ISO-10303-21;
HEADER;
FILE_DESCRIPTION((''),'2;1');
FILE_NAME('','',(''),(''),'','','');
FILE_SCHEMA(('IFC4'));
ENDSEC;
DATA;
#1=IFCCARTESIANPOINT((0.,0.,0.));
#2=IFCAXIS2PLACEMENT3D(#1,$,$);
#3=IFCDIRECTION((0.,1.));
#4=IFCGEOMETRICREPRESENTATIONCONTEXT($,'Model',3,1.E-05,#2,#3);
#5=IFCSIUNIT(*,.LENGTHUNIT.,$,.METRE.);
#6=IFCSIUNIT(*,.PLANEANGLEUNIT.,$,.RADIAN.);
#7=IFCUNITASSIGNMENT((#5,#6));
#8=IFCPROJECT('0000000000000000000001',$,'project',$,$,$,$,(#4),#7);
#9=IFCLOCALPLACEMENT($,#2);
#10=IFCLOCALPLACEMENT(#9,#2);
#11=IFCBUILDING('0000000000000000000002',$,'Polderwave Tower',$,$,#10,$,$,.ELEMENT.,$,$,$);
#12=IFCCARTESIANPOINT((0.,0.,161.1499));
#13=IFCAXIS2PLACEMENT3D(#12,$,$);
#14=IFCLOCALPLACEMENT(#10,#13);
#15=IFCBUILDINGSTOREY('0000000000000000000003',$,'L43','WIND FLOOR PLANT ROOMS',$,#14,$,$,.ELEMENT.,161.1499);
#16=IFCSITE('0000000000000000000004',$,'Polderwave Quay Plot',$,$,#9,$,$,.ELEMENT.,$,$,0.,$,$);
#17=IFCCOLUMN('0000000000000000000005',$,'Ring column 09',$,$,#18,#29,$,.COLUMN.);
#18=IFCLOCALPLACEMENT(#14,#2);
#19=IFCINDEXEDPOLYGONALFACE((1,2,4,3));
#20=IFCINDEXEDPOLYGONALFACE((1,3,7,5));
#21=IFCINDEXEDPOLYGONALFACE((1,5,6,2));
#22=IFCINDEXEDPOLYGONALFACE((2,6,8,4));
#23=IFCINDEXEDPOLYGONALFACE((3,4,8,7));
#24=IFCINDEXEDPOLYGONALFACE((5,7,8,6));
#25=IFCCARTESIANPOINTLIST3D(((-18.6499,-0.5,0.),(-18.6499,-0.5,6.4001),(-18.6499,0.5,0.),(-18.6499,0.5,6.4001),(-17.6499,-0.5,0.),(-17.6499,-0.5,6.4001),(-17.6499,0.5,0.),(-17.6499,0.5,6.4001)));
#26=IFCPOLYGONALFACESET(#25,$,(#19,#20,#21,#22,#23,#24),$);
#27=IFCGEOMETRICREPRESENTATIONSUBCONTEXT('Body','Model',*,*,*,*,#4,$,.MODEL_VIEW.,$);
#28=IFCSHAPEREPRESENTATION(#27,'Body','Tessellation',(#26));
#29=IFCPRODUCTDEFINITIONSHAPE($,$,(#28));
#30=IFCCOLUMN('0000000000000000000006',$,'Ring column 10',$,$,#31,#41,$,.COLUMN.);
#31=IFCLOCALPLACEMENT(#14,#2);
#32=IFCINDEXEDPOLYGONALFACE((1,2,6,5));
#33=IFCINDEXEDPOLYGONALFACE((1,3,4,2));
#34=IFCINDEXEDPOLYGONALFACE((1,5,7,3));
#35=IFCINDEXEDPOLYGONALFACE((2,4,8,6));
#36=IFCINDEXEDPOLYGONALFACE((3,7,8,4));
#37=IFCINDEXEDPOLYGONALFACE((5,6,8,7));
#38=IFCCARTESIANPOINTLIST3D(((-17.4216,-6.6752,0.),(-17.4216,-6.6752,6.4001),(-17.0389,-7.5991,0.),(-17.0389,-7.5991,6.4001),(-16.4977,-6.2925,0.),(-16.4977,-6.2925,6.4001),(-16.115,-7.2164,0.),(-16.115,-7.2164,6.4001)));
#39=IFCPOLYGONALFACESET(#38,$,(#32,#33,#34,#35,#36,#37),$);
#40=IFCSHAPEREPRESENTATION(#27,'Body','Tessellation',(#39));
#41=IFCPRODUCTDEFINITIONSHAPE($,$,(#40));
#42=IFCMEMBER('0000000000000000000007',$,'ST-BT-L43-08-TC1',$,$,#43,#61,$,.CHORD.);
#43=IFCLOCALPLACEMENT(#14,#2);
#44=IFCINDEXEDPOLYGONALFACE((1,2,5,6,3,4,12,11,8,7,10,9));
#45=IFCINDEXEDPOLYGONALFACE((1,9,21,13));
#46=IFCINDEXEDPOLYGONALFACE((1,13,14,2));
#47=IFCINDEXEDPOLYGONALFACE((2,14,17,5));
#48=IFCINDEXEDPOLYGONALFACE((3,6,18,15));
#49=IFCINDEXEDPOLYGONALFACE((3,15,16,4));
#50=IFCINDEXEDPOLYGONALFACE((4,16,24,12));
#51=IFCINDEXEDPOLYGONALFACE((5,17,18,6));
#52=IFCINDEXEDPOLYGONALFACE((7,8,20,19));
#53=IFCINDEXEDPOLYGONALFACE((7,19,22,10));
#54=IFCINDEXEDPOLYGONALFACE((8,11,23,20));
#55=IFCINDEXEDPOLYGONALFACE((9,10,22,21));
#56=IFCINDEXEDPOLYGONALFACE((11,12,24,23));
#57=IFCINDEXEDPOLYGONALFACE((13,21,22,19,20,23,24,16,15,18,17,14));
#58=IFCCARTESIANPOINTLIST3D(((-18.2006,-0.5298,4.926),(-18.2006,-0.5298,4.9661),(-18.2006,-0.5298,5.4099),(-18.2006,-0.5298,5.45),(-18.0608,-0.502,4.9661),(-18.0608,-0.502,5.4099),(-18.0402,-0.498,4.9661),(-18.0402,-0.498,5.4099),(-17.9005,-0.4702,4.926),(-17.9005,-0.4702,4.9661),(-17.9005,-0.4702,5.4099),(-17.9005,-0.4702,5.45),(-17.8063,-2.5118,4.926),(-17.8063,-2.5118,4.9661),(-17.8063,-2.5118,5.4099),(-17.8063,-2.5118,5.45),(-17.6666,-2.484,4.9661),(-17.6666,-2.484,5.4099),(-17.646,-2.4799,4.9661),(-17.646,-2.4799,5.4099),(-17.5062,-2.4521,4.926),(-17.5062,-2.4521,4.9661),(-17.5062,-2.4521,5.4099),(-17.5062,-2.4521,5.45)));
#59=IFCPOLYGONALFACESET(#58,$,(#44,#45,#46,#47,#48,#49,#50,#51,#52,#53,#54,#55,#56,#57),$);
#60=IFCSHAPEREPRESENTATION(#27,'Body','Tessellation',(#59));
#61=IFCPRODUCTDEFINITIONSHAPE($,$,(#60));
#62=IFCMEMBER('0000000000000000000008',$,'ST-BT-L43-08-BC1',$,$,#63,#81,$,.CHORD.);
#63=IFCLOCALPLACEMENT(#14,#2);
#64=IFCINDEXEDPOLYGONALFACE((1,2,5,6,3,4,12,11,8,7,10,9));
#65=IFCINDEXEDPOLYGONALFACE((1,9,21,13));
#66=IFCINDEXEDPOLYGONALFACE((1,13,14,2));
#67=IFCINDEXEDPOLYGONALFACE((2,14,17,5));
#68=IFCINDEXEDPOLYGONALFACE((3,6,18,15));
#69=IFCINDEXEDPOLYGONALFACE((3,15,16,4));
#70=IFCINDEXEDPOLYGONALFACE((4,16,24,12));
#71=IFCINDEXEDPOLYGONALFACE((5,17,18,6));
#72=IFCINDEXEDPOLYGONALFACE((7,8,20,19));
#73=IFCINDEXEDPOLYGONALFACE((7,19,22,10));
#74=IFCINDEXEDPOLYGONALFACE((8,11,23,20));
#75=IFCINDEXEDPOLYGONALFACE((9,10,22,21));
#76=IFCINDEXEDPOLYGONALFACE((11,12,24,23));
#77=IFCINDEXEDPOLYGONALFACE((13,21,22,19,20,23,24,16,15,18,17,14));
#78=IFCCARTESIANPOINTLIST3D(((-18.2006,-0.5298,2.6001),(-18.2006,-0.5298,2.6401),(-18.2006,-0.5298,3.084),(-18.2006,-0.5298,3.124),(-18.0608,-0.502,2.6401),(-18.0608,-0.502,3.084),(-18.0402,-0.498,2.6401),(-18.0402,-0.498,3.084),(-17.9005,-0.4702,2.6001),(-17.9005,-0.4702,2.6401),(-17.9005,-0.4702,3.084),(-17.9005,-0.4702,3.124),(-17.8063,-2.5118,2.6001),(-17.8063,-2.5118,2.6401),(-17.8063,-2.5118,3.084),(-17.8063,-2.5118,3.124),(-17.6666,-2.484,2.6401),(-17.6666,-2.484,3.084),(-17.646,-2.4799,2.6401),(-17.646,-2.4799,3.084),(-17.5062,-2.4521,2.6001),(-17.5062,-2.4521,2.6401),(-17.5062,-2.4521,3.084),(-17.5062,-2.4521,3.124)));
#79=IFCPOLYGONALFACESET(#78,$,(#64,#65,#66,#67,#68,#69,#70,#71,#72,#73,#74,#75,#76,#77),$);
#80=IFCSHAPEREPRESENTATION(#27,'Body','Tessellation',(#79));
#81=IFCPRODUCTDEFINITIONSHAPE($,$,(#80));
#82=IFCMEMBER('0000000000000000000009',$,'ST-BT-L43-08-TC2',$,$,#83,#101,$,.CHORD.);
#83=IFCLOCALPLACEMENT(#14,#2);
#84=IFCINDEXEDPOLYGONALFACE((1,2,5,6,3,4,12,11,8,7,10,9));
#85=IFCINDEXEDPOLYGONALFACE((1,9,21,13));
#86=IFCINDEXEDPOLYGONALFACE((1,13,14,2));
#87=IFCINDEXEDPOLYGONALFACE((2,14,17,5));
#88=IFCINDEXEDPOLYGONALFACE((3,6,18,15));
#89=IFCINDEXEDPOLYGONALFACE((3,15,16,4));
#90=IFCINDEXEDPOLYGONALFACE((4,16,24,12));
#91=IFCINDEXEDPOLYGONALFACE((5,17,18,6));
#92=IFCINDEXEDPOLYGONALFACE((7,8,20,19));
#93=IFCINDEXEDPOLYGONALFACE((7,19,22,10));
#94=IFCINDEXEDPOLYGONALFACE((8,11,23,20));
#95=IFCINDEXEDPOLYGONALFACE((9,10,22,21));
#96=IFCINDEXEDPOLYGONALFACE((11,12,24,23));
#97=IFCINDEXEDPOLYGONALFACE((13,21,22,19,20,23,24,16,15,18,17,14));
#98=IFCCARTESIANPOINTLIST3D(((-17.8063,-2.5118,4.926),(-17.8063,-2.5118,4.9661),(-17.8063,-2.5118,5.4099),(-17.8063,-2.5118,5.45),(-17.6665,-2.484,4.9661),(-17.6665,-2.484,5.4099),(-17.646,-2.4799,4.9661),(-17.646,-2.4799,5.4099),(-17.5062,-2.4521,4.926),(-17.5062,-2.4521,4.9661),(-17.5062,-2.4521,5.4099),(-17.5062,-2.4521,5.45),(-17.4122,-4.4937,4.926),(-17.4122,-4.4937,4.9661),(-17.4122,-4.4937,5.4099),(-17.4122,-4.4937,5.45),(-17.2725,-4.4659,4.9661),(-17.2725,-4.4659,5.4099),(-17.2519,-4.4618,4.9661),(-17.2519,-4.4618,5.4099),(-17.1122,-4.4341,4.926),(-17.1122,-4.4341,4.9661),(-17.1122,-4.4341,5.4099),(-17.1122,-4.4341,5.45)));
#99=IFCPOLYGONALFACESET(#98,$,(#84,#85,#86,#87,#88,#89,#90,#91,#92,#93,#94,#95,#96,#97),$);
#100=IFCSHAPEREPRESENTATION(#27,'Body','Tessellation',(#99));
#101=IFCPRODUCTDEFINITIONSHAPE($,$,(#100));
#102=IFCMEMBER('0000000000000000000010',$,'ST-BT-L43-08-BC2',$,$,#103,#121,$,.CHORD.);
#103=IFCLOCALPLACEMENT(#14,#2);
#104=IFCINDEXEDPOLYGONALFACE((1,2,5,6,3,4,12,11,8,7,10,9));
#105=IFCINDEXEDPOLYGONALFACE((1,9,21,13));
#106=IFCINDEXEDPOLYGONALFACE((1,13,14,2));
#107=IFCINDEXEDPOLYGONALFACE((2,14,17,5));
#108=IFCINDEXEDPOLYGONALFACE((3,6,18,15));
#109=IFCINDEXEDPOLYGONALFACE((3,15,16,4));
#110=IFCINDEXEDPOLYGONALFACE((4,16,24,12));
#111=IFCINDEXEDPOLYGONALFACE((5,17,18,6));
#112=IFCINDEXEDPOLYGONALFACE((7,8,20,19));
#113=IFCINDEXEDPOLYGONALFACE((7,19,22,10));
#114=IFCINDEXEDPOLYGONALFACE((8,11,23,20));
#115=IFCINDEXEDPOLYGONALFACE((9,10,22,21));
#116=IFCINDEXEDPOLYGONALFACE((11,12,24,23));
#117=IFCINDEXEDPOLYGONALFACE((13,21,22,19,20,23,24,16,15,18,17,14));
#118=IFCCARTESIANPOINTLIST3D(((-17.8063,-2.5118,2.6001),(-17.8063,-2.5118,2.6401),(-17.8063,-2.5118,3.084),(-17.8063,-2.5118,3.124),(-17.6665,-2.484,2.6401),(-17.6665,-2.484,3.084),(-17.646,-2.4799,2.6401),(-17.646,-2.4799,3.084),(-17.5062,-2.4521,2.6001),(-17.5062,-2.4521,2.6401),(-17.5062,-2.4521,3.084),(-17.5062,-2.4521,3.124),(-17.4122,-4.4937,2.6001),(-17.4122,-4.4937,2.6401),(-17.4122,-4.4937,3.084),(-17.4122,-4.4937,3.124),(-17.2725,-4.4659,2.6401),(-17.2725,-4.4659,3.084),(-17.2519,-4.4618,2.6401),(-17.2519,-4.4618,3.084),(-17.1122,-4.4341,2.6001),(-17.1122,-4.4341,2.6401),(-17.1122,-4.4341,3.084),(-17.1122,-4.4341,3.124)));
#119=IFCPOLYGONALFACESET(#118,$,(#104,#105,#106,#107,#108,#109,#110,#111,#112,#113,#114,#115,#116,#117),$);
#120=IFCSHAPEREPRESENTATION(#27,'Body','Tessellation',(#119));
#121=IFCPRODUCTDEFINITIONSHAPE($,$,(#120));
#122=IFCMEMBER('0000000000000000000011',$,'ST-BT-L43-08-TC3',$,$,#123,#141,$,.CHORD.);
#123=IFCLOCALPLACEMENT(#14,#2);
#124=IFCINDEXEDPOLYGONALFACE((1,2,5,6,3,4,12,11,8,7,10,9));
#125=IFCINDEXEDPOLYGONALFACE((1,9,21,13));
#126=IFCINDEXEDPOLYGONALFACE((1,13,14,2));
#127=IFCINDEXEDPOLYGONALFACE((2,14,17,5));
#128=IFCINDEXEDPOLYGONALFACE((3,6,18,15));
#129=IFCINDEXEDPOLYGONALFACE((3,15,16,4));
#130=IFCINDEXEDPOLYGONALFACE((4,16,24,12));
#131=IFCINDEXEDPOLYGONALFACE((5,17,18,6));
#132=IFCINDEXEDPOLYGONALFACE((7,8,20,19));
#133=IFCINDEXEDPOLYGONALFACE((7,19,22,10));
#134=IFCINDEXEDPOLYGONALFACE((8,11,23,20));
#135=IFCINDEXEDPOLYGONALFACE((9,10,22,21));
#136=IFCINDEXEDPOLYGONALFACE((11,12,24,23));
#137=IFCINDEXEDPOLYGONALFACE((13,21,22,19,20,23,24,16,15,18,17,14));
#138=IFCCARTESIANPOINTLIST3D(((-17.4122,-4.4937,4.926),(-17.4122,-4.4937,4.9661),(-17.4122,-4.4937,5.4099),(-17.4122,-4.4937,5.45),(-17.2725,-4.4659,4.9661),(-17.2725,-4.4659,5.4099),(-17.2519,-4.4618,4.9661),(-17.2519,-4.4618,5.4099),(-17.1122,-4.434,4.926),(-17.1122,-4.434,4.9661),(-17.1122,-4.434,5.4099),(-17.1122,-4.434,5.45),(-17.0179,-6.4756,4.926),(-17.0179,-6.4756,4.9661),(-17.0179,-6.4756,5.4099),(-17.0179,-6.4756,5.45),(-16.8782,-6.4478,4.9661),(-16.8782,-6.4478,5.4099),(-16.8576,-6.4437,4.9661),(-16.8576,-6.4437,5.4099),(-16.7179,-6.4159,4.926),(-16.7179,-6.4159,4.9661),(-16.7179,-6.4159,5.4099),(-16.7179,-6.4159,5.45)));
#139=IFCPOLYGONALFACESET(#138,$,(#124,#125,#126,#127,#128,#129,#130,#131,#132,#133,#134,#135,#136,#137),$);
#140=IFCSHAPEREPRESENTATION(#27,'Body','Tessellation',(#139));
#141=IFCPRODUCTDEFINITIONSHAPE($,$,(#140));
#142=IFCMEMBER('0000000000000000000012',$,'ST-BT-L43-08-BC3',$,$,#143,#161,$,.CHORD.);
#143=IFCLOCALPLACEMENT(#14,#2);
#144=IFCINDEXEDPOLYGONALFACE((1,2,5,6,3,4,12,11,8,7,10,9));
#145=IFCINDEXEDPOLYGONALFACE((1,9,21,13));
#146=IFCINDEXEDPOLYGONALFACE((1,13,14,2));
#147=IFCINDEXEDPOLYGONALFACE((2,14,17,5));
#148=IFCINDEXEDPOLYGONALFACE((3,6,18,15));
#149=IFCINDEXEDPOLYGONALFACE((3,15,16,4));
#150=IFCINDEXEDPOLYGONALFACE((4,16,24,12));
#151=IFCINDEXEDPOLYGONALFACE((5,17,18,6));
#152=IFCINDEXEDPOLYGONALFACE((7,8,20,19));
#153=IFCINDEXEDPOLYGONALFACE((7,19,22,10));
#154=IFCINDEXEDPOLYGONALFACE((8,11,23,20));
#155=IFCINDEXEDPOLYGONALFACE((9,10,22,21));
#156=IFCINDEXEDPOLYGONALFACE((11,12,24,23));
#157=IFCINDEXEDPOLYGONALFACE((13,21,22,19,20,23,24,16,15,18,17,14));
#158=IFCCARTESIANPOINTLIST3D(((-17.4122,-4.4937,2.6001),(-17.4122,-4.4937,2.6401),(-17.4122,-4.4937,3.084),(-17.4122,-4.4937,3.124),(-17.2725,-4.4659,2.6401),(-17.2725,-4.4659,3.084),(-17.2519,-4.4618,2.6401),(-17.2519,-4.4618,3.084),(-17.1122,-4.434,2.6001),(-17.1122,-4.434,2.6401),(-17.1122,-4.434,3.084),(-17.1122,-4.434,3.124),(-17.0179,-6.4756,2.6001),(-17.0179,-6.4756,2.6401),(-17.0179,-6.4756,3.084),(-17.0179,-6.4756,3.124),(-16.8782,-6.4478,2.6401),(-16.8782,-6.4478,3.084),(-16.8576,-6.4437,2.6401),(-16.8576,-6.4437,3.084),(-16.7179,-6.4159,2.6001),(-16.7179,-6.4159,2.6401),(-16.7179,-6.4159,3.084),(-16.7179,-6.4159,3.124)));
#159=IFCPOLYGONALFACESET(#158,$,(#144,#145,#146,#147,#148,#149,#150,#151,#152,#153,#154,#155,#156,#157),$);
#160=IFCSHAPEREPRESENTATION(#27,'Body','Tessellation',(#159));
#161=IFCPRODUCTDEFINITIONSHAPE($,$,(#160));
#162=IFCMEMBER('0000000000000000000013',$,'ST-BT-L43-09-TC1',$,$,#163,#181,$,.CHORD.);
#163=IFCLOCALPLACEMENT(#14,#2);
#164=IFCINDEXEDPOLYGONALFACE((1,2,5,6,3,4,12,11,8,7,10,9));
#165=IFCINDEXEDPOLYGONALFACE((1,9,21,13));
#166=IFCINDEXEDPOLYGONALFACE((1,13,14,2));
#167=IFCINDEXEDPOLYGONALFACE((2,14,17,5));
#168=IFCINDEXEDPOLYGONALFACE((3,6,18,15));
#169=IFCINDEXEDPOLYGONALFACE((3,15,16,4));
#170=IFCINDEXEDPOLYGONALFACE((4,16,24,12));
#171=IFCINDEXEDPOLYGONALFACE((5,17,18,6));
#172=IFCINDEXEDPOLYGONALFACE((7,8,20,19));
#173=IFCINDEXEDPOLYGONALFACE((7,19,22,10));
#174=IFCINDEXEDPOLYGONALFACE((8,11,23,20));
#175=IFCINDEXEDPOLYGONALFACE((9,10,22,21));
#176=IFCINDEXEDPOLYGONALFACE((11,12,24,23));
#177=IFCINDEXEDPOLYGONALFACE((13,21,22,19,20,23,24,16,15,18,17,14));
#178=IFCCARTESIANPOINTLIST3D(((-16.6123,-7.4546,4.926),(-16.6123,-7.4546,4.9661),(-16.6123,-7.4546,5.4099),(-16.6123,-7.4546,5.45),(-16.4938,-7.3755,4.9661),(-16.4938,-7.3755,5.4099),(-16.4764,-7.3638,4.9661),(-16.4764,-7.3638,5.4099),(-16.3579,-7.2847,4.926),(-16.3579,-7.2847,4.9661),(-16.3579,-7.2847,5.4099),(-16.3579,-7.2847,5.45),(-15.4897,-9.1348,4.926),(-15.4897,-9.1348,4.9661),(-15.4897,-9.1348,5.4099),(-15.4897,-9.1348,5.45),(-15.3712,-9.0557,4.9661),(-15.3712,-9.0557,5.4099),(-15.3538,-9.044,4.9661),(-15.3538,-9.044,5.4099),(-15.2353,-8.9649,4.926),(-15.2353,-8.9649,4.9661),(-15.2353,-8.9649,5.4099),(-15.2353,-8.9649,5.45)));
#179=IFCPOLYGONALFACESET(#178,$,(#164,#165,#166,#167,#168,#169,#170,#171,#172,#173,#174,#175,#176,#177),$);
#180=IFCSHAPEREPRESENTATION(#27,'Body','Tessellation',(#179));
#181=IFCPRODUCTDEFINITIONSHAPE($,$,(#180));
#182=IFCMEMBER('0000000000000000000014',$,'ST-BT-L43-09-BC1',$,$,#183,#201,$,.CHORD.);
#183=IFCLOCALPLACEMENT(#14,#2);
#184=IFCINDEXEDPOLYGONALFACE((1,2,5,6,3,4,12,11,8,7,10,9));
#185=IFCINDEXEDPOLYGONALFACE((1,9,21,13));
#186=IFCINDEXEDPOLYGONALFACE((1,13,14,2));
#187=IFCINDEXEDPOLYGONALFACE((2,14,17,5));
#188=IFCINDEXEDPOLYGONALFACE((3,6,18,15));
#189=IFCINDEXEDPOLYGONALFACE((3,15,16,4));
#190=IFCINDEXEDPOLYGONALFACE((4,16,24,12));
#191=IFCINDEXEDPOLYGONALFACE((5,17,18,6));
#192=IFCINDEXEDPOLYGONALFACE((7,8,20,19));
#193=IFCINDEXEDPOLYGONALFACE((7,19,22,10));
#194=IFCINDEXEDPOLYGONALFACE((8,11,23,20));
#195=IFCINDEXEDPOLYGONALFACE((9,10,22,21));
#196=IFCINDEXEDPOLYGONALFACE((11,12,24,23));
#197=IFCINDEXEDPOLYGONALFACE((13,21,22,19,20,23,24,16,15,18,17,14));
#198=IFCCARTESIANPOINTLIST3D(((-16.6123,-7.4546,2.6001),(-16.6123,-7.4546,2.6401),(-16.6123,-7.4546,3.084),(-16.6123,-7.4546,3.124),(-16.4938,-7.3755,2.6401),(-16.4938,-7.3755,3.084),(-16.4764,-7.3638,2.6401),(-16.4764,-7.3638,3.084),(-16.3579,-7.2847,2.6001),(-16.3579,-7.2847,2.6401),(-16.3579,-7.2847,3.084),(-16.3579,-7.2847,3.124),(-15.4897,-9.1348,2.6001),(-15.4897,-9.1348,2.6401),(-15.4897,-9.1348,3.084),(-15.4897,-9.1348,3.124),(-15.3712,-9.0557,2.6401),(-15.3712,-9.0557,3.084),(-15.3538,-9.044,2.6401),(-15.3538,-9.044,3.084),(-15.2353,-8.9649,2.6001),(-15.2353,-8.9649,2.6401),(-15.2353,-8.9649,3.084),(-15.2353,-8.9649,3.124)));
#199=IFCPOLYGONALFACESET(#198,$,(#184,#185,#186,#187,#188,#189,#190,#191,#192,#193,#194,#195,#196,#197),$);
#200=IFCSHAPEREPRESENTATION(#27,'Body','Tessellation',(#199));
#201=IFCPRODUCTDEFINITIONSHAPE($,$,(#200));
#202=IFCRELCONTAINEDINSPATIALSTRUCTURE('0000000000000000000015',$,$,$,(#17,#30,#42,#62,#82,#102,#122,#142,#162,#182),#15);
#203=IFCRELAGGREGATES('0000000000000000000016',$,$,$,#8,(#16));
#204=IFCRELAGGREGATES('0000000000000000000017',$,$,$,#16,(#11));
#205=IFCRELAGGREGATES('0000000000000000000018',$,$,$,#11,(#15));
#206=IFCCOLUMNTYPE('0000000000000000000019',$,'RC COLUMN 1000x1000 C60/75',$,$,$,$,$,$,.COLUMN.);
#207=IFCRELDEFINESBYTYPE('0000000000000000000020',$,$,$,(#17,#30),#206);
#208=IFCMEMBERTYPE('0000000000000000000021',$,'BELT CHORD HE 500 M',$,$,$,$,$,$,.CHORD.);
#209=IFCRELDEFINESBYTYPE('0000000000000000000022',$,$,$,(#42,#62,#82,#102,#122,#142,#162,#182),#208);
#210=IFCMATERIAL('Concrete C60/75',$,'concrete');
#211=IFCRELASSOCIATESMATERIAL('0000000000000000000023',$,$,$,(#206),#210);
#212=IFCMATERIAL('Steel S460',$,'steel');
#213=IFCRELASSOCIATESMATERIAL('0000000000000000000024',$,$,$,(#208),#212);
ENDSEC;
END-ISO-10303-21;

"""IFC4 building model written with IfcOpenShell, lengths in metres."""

from ifc_helpers import new_model, si_unit, direction, frame, origin, origin_2d, place, context, subcontext, project, spatial, rectangle, i_section, extrude, material, material_profile, profile_set, type_object, element, save


model = new_model("IFC4")

# Units and contexts
model_context = context("Model", 3, precision=1e-05, world=origin(), true_north=direction((0.0, 1.0)))
body_context = subcontext(model_context, "Body", "Model", "MODEL_VIEW")
ifc_project = project(units=[si_unit("LENGTHUNIT", "METRE"), si_unit("PLANEANGLEUNIT", "RADIAN")], contexts=[model_context])

# Site, building, storey
site_placement = place(None, origin())
site = spatial("IfcSite", under=ifc_project, at=site_placement, Name="Polderwave Quay Plot", CompositionType="ELEMENT", RefElevation=0.0)
building_placement = place(site_placement, origin())
building = spatial("IfcBuilding", under=site, at=building_placement, Name="Polderwave Tower", CompositionType="ELEMENT")
storey_placement = place(building_placement, frame((0.0, 0.0, 161.1499)))
storey = spatial("IfcBuildingStorey", under=building, at=storey_placement, Name="L43", Description="WIND FLOOR PLANT ROOMS", CompositionType="ELEMENT", Elevation=161.1499)

# Columns
ifc_material_1 = material(Name="Concrete C60/75", Category="concrete")
ifc_material_profile_1 = material_profile(ifc_material_1, rectangle(XDim=1.0, YDim=1.0, at=origin_2d()), Name="RC 1000x1000")
ifc_profile_set_1 = profile_set([ifc_material_profile_1], Name="Concrete C60/75")
column_type = type_object("IfcColumnType", Name="RC COLUMN 1000x1000 C60/75", PredefinedType="COLUMN", material=ifc_profile_set_1)
for number, where, z_axis, x_axis, name in (
    (1, (-18.1499, 0.0, 0.0), (0.0, 0.0, 1.0), (-1.0, 0.0, 0.0), "Ring column 09"),
    (2, (-16.7683, -6.9458, 0.0), (0.0, 0.0, 1.0), (-0.92388, -0.382683, 0.0), "Ring column 10"),
):
    element("IfcColumn", number, at=place(storey_placement, frame(where, z_axis=z_axis, x_axis=x_axis)), inside=storey, type_object=column_type, Name=name, PredefinedType="COLUMN", context=body_context, shape_type="SweptSolid", body=[
        extrude(rectangle(XDim=1.0, YDim=1.0, at=origin_2d()), origin(), (0.0, 0.0, 1.0), 6.4001),
    ])

# Members
ifc_material_2 = material(Name="Steel S460", Category="steel")
ifc_material_profile_2 = material_profile(ifc_material_2, i_section(OverallWidth=0.3059, OverallDepth=0.5239, WebThickness=0.021, FlangeThickness=0.04, at=origin_2d()), Name="HE 500 M")
ifc_profile_set_2 = profile_set([ifc_material_profile_2], Name="Steel S460")
member_type_1 = type_object("IfcMemberType", Name="BELT CHORD HE 500 M", PredefinedType="CHORD", material=ifc_profile_set_2)
for number, where, z_axis, x_axis, name in (
    (3, (-18.0505, -0.5, 5.188), (0.195117, -0.98078, 0.0), (0.98078, 0.195117, 0.0), "ST-BT-L43-08-TC1"),
    (4, (-18.0505, -0.5, 2.8621), (0.195117, -0.98078, 0.0), (0.98078, 0.195117, 0.0), "ST-BT-L43-08-BC1"),
    (5, (-17.6562, -2.4819, 5.188), (0.195001, -0.980803, 0.0), (0.980803, 0.195001, 0.0), "ST-BT-L43-08-TC2"),
    (6, (-17.6562, -2.4819, 2.8621), (0.195001, -0.980803, 0.0), (0.980803, 0.195001, 0.0), "ST-BT-L43-08-BC2"),
    (7, (-17.2622, -4.4639, 5.188), (0.195117, -0.98078, 0.0), (0.98078, 0.195117, 0.0), "ST-BT-L43-08-TC3"),
    (8, (-17.2622, -4.4639, 2.8621), (0.195117, -0.98078, 0.0), (0.98078, 0.195117, 0.0), "ST-BT-L43-08-BC3"),
    (9, (-16.4851, -7.3696, 5.188), (0.555536, -0.831492, 0.0), (0.831492, 0.555536, 0.0), "ST-BT-L43-09-TC1"),
    (10, (-16.4851, -7.3696, 2.8621), (0.555536, -0.831492, 0.0), (0.831492, 0.555536, 0.0), "ST-BT-L43-09-BC1"),
):
    element("IfcMember", number, at=place(storey_placement, frame(where, z_axis=z_axis, x_axis=x_axis)), inside=storey, type_object=member_type_1, Name=name, PredefinedType="CHORD", context=body_context, shape_type="SweptSolid", body=[
        extrude(i_section(OverallWidth=0.3059, OverallDepth=0.5239, WebThickness=0.021, FlangeThickness=0.04, at=origin_2d()), origin(), (0.0, 0.0, 1.0), 2.0208),
    ])

save(model, "model.ifc")
